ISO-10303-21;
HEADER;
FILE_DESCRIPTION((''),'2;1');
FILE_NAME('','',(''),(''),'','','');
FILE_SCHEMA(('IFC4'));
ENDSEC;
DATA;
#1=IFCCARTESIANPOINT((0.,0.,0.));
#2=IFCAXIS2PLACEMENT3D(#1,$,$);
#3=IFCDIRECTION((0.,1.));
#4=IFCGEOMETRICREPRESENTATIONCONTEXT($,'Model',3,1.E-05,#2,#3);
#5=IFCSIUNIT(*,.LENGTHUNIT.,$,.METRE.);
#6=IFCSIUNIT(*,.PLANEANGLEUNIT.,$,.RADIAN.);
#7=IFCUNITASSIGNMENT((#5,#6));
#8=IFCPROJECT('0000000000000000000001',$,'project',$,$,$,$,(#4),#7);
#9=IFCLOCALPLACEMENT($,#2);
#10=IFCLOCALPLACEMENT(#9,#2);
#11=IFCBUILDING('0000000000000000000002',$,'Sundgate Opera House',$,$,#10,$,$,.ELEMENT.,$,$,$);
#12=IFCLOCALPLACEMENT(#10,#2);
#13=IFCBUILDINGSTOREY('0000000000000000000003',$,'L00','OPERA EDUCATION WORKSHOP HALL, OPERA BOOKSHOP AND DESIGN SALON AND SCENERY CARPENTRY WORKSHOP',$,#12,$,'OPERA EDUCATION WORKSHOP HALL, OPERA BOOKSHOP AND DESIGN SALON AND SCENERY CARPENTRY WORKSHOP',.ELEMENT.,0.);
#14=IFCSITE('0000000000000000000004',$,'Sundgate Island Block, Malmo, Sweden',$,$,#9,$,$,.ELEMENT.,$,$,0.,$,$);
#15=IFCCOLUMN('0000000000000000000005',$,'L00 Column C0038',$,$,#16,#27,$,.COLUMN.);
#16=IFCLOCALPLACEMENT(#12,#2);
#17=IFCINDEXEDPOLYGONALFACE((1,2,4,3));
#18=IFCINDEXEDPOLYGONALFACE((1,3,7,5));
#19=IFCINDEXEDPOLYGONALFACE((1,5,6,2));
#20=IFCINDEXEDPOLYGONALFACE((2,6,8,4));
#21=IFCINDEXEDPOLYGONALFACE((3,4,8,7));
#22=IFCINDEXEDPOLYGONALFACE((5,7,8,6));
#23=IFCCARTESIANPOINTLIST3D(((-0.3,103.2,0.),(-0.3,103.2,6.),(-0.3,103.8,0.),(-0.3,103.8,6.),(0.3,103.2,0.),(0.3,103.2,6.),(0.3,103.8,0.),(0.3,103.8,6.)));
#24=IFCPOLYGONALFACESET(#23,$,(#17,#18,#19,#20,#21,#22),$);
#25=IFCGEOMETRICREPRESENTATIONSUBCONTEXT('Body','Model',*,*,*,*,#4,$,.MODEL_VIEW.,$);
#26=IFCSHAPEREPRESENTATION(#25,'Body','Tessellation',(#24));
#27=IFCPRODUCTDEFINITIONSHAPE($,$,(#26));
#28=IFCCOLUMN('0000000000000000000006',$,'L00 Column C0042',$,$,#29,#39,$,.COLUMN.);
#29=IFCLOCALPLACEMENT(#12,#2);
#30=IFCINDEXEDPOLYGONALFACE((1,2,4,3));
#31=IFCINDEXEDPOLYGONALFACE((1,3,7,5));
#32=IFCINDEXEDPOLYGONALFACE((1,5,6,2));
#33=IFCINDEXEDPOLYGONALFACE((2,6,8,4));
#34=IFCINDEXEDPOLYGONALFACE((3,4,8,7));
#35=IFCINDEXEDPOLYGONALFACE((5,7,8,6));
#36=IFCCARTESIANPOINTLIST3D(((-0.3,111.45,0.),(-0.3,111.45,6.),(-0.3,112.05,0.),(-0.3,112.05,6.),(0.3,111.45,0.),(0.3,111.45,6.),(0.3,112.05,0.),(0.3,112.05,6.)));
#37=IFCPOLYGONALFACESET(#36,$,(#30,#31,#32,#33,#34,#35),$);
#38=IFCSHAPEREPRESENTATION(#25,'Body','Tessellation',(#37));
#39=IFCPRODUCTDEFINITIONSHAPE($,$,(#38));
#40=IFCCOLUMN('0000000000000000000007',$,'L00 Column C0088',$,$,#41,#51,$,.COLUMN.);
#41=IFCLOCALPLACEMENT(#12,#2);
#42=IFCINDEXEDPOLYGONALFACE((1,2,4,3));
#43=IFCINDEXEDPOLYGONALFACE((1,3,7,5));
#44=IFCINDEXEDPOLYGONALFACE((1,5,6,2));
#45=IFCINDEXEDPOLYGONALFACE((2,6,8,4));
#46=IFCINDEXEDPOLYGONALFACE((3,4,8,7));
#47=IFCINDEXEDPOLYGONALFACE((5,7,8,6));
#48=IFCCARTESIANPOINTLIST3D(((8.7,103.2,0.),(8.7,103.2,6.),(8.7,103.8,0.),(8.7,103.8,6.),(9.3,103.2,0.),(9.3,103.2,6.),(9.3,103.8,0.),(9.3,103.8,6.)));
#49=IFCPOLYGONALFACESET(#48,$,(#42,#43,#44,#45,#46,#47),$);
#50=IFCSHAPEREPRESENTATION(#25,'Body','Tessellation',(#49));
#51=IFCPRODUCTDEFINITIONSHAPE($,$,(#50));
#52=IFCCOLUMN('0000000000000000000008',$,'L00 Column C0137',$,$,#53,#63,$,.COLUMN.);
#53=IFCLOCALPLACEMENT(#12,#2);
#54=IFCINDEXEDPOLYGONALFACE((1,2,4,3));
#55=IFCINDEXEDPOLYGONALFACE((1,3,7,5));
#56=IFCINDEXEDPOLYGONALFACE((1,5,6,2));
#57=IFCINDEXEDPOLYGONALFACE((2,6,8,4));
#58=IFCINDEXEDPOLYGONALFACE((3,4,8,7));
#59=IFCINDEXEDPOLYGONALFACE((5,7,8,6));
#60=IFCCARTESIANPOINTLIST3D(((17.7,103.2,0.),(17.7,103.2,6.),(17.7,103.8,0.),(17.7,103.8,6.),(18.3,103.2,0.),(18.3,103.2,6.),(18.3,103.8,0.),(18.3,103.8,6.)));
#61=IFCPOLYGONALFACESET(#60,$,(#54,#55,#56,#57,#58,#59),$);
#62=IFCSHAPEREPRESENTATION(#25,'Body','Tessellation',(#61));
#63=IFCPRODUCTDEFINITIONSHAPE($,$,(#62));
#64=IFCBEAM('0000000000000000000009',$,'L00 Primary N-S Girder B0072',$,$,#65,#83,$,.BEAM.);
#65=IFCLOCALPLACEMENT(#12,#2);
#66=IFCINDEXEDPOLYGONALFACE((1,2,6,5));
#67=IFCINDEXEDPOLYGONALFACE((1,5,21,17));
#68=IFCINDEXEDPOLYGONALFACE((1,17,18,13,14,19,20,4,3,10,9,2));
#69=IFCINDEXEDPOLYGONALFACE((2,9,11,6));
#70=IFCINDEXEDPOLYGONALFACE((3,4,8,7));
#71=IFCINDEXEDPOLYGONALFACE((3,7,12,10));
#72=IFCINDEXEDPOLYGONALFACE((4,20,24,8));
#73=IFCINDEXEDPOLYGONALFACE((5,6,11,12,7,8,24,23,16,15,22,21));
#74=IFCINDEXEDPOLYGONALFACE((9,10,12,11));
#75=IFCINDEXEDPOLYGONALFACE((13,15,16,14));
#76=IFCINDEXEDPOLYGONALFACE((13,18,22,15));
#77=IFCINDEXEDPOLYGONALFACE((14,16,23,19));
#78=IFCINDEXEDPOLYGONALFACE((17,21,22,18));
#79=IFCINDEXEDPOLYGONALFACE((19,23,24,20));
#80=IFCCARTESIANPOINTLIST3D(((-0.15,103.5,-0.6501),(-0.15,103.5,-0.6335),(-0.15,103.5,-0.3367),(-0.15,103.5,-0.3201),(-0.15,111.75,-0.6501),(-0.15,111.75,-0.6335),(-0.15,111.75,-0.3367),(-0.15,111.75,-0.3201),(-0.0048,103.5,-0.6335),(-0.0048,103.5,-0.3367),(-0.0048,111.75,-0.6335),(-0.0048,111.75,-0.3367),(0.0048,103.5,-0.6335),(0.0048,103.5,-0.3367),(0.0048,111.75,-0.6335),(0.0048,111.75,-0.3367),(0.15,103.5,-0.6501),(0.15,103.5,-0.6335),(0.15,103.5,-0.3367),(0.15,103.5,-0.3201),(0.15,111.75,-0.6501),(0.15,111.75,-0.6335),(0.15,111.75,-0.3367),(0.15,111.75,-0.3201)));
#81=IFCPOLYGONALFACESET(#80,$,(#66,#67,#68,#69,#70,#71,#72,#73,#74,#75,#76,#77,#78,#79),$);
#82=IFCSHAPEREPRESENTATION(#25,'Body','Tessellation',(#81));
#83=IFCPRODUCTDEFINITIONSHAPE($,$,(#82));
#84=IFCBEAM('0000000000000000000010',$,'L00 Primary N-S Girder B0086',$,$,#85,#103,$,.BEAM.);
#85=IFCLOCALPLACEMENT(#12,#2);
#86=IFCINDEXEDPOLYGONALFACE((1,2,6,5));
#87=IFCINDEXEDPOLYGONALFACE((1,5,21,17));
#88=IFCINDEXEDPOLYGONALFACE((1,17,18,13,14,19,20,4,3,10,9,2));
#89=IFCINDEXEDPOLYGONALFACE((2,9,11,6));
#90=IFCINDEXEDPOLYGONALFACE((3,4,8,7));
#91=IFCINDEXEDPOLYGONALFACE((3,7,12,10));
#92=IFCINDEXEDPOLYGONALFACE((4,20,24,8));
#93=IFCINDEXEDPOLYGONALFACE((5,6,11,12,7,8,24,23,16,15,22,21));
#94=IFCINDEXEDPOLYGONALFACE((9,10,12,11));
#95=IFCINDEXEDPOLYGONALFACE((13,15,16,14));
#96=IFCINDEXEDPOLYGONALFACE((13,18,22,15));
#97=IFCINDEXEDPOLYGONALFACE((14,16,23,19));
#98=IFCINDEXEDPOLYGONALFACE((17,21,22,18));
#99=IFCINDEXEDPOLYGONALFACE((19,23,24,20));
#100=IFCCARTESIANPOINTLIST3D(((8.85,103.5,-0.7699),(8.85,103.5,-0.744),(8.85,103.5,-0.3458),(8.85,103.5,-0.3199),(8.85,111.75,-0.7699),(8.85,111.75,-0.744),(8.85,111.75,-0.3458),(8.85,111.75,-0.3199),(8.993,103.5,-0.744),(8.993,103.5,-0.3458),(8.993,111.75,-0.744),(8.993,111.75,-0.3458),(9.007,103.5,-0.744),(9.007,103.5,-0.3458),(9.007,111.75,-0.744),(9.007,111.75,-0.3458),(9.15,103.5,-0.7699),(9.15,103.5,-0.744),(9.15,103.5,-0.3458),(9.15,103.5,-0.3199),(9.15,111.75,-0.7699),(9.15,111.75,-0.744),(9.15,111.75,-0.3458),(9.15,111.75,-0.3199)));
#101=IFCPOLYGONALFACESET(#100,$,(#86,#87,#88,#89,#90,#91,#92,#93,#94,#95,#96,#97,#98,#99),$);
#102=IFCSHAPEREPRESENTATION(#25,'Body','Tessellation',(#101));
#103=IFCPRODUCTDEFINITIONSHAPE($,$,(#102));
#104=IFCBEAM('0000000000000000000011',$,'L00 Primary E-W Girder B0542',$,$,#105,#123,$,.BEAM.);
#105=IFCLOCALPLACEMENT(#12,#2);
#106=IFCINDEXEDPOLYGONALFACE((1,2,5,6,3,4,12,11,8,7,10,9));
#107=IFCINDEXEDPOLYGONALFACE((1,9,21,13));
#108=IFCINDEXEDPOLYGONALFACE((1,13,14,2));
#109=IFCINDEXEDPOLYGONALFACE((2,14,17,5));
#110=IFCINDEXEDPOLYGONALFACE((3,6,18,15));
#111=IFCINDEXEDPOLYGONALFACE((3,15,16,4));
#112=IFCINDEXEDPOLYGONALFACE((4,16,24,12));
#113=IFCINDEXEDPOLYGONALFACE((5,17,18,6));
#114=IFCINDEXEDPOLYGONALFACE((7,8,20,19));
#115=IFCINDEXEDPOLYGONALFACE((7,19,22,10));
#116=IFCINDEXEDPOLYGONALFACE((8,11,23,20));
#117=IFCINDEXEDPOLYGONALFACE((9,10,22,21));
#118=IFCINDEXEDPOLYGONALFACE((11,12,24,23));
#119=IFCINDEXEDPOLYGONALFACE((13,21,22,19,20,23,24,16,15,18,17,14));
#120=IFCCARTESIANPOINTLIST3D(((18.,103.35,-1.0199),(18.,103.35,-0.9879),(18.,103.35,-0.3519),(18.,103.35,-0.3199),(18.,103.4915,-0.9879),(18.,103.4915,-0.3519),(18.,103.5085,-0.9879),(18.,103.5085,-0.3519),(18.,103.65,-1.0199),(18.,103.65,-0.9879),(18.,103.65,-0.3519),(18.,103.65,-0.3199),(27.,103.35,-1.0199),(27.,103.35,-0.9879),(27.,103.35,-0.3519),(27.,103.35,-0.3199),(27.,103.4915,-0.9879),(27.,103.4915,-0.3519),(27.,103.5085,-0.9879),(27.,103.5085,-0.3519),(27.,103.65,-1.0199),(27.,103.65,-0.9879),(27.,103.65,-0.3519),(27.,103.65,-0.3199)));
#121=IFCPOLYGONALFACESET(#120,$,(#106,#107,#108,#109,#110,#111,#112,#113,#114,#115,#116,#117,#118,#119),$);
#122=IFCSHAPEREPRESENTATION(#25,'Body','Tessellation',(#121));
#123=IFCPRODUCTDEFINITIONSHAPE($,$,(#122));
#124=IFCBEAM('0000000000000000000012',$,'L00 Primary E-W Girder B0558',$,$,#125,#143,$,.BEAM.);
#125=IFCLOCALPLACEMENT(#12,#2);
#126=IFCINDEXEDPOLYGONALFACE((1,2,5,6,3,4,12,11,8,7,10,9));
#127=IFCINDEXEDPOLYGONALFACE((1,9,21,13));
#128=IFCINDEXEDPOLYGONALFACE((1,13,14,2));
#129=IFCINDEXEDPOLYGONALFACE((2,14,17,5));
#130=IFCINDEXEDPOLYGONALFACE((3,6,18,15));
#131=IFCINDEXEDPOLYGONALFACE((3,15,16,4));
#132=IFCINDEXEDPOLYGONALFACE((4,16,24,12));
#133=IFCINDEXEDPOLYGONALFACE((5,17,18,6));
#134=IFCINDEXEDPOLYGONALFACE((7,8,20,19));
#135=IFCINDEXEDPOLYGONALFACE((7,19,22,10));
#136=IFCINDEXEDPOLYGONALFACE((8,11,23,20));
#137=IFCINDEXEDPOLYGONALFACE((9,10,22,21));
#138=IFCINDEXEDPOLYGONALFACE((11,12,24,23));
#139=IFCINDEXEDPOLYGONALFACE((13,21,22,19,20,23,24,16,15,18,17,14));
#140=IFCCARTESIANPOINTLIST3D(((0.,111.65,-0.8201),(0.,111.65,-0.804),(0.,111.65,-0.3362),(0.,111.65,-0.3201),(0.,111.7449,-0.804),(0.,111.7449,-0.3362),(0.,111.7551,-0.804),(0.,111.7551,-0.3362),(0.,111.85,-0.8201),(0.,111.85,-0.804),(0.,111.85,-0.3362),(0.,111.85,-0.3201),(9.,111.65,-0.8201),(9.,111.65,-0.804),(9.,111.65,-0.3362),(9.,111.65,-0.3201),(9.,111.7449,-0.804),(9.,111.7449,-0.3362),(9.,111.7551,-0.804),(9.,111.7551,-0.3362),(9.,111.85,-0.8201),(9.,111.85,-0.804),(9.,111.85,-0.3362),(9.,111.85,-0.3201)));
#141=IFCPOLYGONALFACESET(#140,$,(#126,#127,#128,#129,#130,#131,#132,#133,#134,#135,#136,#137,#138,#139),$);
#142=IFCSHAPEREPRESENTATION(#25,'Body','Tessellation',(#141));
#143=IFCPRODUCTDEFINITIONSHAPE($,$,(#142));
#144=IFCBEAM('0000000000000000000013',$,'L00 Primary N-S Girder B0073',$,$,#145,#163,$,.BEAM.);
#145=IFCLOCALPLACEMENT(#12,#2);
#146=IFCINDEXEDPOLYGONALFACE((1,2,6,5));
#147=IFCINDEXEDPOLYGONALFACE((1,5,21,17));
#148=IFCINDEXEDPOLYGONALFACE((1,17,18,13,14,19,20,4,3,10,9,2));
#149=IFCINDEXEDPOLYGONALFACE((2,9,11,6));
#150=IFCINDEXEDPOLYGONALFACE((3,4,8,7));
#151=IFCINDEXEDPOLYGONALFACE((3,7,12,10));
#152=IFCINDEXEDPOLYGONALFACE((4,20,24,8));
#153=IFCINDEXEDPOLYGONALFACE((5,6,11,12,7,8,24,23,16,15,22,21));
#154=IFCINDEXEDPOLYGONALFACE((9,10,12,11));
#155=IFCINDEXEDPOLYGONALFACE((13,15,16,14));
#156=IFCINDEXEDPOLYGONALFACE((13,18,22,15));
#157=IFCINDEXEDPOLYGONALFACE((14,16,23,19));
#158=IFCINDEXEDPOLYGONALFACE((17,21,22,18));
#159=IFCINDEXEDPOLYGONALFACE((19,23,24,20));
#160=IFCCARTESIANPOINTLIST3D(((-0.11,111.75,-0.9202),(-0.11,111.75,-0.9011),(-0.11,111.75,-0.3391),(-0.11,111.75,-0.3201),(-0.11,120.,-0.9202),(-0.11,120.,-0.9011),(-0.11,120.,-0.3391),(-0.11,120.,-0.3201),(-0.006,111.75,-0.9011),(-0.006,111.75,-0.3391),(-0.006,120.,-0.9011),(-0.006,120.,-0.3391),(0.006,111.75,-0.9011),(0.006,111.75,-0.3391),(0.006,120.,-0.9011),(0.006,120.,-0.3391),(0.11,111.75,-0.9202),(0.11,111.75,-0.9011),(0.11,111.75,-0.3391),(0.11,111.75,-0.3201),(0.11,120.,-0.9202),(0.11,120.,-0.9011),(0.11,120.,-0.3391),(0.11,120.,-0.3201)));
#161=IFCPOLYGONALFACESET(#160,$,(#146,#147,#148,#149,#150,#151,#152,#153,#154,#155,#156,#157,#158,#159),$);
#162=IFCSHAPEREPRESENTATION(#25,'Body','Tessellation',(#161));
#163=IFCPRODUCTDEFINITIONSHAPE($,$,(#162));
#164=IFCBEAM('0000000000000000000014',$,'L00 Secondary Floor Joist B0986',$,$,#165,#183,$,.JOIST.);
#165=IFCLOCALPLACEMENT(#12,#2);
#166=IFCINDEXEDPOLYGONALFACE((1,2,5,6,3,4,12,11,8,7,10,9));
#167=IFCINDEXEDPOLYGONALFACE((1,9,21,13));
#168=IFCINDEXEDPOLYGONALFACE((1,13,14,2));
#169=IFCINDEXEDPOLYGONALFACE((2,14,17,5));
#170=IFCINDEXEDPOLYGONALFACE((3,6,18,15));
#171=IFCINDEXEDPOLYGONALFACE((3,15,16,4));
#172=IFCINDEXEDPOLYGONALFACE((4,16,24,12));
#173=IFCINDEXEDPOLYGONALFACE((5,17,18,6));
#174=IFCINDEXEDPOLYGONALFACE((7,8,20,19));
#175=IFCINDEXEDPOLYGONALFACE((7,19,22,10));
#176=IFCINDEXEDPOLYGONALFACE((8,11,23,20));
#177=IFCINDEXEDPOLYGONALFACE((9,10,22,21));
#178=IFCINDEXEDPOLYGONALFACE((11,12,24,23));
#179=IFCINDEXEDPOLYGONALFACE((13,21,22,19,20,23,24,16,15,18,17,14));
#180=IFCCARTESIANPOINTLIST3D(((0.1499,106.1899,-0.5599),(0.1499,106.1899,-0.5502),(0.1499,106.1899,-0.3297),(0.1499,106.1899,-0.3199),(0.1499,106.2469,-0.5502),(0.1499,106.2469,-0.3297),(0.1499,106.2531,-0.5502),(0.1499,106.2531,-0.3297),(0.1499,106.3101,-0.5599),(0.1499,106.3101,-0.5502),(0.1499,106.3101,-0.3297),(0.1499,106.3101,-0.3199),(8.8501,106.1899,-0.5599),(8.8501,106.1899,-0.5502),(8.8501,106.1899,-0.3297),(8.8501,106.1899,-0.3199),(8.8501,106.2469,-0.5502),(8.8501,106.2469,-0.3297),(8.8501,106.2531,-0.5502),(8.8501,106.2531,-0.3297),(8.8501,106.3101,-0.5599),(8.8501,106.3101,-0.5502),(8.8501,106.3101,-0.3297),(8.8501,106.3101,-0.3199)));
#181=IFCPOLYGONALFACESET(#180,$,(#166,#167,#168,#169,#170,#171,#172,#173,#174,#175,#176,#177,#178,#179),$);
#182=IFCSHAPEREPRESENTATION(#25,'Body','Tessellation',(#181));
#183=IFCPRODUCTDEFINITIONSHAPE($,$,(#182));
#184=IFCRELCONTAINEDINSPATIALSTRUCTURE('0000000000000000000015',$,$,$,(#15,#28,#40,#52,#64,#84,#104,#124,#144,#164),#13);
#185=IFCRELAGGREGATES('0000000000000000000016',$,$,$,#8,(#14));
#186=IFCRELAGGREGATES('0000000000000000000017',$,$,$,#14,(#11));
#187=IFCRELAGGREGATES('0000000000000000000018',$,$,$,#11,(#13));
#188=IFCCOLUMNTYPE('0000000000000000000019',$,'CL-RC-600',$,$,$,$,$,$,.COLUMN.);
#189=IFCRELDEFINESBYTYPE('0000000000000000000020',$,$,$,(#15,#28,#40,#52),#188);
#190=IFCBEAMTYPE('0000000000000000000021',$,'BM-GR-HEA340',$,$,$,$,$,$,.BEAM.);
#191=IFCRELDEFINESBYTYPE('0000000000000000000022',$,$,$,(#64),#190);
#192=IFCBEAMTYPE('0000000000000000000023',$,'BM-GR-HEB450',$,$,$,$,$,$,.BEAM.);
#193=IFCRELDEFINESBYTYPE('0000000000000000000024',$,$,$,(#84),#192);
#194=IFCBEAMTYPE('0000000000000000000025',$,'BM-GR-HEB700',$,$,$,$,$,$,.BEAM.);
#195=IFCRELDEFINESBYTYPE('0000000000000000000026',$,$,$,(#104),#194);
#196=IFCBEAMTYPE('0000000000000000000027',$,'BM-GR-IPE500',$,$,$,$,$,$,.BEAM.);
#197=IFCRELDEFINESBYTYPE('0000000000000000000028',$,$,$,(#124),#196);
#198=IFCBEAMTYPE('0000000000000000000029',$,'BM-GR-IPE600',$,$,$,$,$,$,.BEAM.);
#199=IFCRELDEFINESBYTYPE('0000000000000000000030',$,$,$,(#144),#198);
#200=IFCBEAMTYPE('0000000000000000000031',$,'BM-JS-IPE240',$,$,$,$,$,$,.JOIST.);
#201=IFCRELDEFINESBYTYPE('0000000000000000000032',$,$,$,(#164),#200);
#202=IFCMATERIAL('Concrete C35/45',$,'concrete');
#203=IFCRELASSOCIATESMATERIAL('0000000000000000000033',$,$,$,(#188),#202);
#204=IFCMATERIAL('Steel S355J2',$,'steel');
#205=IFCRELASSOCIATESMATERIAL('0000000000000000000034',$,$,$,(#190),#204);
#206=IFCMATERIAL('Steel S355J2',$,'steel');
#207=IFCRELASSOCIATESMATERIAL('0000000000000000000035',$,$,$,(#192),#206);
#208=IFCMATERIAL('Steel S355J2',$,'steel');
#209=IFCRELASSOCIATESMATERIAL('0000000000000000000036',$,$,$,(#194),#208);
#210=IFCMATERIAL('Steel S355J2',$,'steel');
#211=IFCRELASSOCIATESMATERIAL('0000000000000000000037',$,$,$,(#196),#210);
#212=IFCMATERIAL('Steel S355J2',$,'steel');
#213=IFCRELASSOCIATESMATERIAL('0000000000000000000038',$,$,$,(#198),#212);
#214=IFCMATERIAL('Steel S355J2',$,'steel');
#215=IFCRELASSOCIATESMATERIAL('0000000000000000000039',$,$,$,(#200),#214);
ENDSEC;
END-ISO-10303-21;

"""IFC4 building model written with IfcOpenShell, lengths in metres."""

from ifc_helpers import new_model, si_unit, direction, frame, origin, origin_2d, place, context, subcontext, project, spatial, rectangle, i_section, extrude, material, material_profile, profile_set, type_object, element, save


model = new_model("IFC4")

# Units and contexts
model_context = context("Model", 3, precision=1e-05, world=origin(), true_north=direction((0.0, 1.0)))
body_context = subcontext(model_context, "Body", "Model", "MODEL_VIEW")
ifc_project = project(units=[si_unit("LENGTHUNIT", "METRE"), si_unit("PLANEANGLEUNIT", "RADIAN")], contexts=[model_context])

# Site, building, storey
site_placement = place(None, origin())
site = spatial("IfcSite", under=ifc_project, at=site_placement, Name="Sundgate Island Block, Malmo, Sweden", CompositionType="ELEMENT", RefElevation=0.0)
building_placement = place(site_placement, origin())
building = spatial("IfcBuilding", under=site, at=building_placement, Name="Sundgate Opera House", CompositionType="ELEMENT")
storey_placement = place(building_placement, origin())
storey = spatial("IfcBuildingStorey", under=building, at=storey_placement, Name="L00", Description="OPERA EDUCATION WORKSHOP HALL, OPERA BOOKSHOP AND DESIGN SALON AND SCENERY CARPENTRY WORKSHOP", LongName="OPERA EDUCATION WORKSHOP HALL, OPERA BOOKSHOP AND DESIGN SALON AND SCENERY CARPENTRY WORKSHOP", CompositionType="ELEMENT", Elevation=0.0)

# Columns
ifc_material_1 = material(Name="Concrete C35/45", Category="concrete")
ifc_material_profile_1 = material_profile(ifc_material_1, rectangle(XDim=0.6001, YDim=0.6001, at=origin_2d()), Name="RC 600x600")
ifc_profile_set_1 = profile_set([ifc_material_profile_1], Name="Concrete C35/45")
column_type = type_object("IfcColumnType", Name="CL-RC-600", PredefinedType="COLUMN", material=ifc_profile_set_1)
for number, where, z_axis, x_axis, name in (
    (1, (0.0, 103.5, 0.0), (0.0, 0.0, 1.0), (1.0, 0.0, 0.0), "L00 Column C0038"),
    (2, (0.0, 111.75, 0.0), (0.0, 0.0, 1.0), (1.0, 0.0, 0.0), "L00 Column C0042"),
    (3, (9.0, 103.5, 0.0), (0.0, 0.0, 1.0), (1.0, 0.0, 0.0), "L00 Column C0088"),
    (4, (18.0, 103.5, 0.0), (0.0, 0.0, 1.0), (1.0, 0.0, 0.0), "L00 Column C0137"),
):
    element("IfcColumn", number, at=place(storey_placement, frame(where, z_axis=z_axis, x_axis=x_axis)), inside=storey, type_object=column_type, Name=name, PredefinedType="COLUMN", context=body_context, shape_type="SweptSolid", body=[
        extrude(rectangle(XDim=0.6001, YDim=0.6001, at=origin_2d()), origin(), (0.0, 0.0, 1.0), 6.0),
    ])

# Beams
ifc_material_2 = material(Name="Steel S355J2", Category="steel")
ifc_material_profile_2 = material_profile(ifc_material_2, i_section(OverallWidth=0.3, OverallDepth=0.3301, WebThickness=0.0095, FlangeThickness=0.0166, at=origin_2d()), Name="HEA 340")
ifc_profile_set_2 = profile_set([ifc_material_profile_2], Name="Steel S355J2")
beam_type_1 = type_object("IfcBeamType", Name="BM-GR-HEA340", PredefinedType="BEAM", material=ifc_profile_set_2)
beam_1_placement = place(storey_placement, frame((0.0, 103.5, -0.4851), z_axis=(0.0, 1.0, 0.0), x_axis=(-1.0, 0.0, 0.0)))
element("IfcBeam", 5, at=beam_1_placement, inside=storey, type_object=beam_type_1, Name="L00 Primary N-S Girder B0072", PredefinedType="BEAM", context=body_context, shape_type="SweptSolid", body=[
    extrude(i_section(OverallWidth=0.3, OverallDepth=0.3301, WebThickness=0.0095, FlangeThickness=0.0166, at=origin_2d()), origin(), (0.0, 0.0, 1.0), 8.25),
])
ifc_material_3 = material(Name="Steel S355J2", Category="steel")
ifc_material_profile_3 = material_profile(ifc_material_3, i_section(OverallWidth=0.3, OverallDepth=0.45, WebThickness=0.0139, FlangeThickness=0.0259, at=origin_2d()), Name="HEB 450")
ifc_profile_set_3 = profile_set([ifc_material_profile_3], Name="Steel S355J2")
beam_type_2 = type_object("IfcBeamType", Name="BM-GR-HEB450", PredefinedType="BEAM", material=ifc_profile_set_3)
beam_2_placement = place(storey_placement, frame((9.0, 103.5, -0.5449), z_axis=(0.0, 1.0, 0.0), x_axis=(-1.0, 0.0, 0.0)))
element("IfcBeam", 6, at=beam_2_placement, inside=storey, type_object=beam_type_2, Name="L00 Primary N-S Girder B0086", PredefinedType="BEAM", context=body_context, shape_type="SweptSolid", body=[
    extrude(i_section(OverallWidth=0.3, OverallDepth=0.45, WebThickness=0.0139, FlangeThickness=0.0259, at=origin_2d()), origin(), (0.0, 0.0, 1.0), 8.25),
])
ifc_material_4 = material(Name="Steel S355J2", Category="steel")
ifc_material_profile_4 = material_profile(ifc_material_4, i_section(OverallWidth=0.3, OverallDepth=0.7, WebThickness=0.0171, FlangeThickness=0.032, at=origin_2d()), Name="HEB 700")
ifc_profile_set_4 = profile_set([ifc_material_profile_4], Name="Steel S355J2")
beam_type_3 = type_object("IfcBeamType", Name="BM-GR-HEB700", PredefinedType="BEAM", material=ifc_profile_set_4)
beam_3_placement = place(storey_placement, frame((18.0, 103.5, -0.6699), z_axis=(1.0, 0.0, 0.0), x_axis=(0.0, 1.0, 0.0)))
element("IfcBeam", 7, at=beam_3_placement, inside=storey, type_object=beam_type_3, Name="L00 Primary E-W Girder B0542", PredefinedType="BEAM", context=body_context, shape_type="SweptSolid", body=[
    extrude(i_section(OverallWidth=0.3, OverallDepth=0.7, WebThickness=0.0171, FlangeThickness=0.032, at=origin_2d()), origin(), (0.0, 0.0, 1.0), 9.0),
])
ifc_material_5 = material(Name="Steel S355J2", Category="steel")
ifc_material_profile_5 = material_profile(ifc_material_5, i_section(OverallWidth=0.2, OverallDepth=0.5, WebThickness=0.0103, FlangeThickness=0.0161, at=origin_2d()), Name="IPE 500")
ifc_profile_set_5 = profile_set([ifc_material_profile_5], Name="Steel S355J2")
beam_type_4 = type_object("IfcBeamType", Name="BM-GR-IPE500", PredefinedType="BEAM", material=ifc_profile_set_5)
beam_4_placement = place(storey_placement, frame((0.0, 111.75, -0.5701), z_axis=(1.0, 0.0, 0.0), x_axis=(0.0, 1.0, 0.0)))
element("IfcBeam", 8, at=beam_4_placement, inside=storey, type_object=beam_type_4, Name="L00 Primary E-W Girder B0558", PredefinedType="BEAM", context=body_context, shape_type="SweptSolid", body=[
    extrude(i_section(OverallWidth=0.2, OverallDepth=0.5, WebThickness=0.0103, FlangeThickness=0.0161, at=origin_2d()), origin(), (0.0, 0.0, 1.0), 9.0),
])
ifc_material_6 = material(Name="Steel S355J2", Category="steel")
ifc_material_profile_6 = material_profile(ifc_material_6, i_section(OverallWidth=0.22, OverallDepth=0.6001, WebThickness=0.012, FlangeThickness=0.019, at=origin_2d()), Name="IPE 600")
ifc_profile_set_6 = profile_set([ifc_material_profile_6], Name="Steel S355J2")
beam_type_5 = type_object("IfcBeamType", Name="BM-GR-IPE600", PredefinedType="BEAM", material=ifc_profile_set_6)
beam_5_placement = place(storey_placement, frame((0.0, 111.75, -0.6201), z_axis=(0.0, 1.0, 0.0), x_axis=(-1.0, 0.0, 0.0)))
element("IfcBeam", 9, at=beam_5_placement, inside=storey, type_object=beam_type_5, Name="L00 Primary N-S Girder B0073", PredefinedType="BEAM", context=body_context, shape_type="SweptSolid", body=[
    extrude(i_section(OverallWidth=0.22, OverallDepth=0.6001, WebThickness=0.012, FlangeThickness=0.019, at=origin_2d()), origin(), (0.0, 0.0, 1.0), 8.25),
])
ifc_material_7 = material(Name="Steel S355J2", Category="steel")
ifc_material_profile_7 = material_profile(ifc_material_7, i_section(OverallWidth=0.1201, OverallDepth=0.24, WebThickness=0.0061, FlangeThickness=0.0098, at=origin_2d()), Name="IPE 240")
ifc_profile_set_7 = profile_set([ifc_material_profile_7], Name="Steel S355J2")
beam_type_6 = type_object("IfcBeamType", Name="BM-JS-IPE240", PredefinedType="JOIST", material=ifc_profile_set_7)
beam_6_placement = place(storey_placement, frame((0.1499, 106.25, -0.4399), z_axis=(1.0, 0.0, 0.0), x_axis=(0.0, 1.0, 0.0)))
element("IfcBeam", 10, at=beam_6_placement, inside=storey, type_object=beam_type_6, Name="L00 Secondary Floor Joist B0986", PredefinedType="JOIST", context=body_context, shape_type="SweptSolid", body=[
    extrude(i_section(OverallWidth=0.1201, OverallDepth=0.24, WebThickness=0.0061, FlangeThickness=0.0098, at=origin_2d()), origin(), (0.0, 0.0, 1.0), 8.7002),
])

save(model, "model.ifc")
